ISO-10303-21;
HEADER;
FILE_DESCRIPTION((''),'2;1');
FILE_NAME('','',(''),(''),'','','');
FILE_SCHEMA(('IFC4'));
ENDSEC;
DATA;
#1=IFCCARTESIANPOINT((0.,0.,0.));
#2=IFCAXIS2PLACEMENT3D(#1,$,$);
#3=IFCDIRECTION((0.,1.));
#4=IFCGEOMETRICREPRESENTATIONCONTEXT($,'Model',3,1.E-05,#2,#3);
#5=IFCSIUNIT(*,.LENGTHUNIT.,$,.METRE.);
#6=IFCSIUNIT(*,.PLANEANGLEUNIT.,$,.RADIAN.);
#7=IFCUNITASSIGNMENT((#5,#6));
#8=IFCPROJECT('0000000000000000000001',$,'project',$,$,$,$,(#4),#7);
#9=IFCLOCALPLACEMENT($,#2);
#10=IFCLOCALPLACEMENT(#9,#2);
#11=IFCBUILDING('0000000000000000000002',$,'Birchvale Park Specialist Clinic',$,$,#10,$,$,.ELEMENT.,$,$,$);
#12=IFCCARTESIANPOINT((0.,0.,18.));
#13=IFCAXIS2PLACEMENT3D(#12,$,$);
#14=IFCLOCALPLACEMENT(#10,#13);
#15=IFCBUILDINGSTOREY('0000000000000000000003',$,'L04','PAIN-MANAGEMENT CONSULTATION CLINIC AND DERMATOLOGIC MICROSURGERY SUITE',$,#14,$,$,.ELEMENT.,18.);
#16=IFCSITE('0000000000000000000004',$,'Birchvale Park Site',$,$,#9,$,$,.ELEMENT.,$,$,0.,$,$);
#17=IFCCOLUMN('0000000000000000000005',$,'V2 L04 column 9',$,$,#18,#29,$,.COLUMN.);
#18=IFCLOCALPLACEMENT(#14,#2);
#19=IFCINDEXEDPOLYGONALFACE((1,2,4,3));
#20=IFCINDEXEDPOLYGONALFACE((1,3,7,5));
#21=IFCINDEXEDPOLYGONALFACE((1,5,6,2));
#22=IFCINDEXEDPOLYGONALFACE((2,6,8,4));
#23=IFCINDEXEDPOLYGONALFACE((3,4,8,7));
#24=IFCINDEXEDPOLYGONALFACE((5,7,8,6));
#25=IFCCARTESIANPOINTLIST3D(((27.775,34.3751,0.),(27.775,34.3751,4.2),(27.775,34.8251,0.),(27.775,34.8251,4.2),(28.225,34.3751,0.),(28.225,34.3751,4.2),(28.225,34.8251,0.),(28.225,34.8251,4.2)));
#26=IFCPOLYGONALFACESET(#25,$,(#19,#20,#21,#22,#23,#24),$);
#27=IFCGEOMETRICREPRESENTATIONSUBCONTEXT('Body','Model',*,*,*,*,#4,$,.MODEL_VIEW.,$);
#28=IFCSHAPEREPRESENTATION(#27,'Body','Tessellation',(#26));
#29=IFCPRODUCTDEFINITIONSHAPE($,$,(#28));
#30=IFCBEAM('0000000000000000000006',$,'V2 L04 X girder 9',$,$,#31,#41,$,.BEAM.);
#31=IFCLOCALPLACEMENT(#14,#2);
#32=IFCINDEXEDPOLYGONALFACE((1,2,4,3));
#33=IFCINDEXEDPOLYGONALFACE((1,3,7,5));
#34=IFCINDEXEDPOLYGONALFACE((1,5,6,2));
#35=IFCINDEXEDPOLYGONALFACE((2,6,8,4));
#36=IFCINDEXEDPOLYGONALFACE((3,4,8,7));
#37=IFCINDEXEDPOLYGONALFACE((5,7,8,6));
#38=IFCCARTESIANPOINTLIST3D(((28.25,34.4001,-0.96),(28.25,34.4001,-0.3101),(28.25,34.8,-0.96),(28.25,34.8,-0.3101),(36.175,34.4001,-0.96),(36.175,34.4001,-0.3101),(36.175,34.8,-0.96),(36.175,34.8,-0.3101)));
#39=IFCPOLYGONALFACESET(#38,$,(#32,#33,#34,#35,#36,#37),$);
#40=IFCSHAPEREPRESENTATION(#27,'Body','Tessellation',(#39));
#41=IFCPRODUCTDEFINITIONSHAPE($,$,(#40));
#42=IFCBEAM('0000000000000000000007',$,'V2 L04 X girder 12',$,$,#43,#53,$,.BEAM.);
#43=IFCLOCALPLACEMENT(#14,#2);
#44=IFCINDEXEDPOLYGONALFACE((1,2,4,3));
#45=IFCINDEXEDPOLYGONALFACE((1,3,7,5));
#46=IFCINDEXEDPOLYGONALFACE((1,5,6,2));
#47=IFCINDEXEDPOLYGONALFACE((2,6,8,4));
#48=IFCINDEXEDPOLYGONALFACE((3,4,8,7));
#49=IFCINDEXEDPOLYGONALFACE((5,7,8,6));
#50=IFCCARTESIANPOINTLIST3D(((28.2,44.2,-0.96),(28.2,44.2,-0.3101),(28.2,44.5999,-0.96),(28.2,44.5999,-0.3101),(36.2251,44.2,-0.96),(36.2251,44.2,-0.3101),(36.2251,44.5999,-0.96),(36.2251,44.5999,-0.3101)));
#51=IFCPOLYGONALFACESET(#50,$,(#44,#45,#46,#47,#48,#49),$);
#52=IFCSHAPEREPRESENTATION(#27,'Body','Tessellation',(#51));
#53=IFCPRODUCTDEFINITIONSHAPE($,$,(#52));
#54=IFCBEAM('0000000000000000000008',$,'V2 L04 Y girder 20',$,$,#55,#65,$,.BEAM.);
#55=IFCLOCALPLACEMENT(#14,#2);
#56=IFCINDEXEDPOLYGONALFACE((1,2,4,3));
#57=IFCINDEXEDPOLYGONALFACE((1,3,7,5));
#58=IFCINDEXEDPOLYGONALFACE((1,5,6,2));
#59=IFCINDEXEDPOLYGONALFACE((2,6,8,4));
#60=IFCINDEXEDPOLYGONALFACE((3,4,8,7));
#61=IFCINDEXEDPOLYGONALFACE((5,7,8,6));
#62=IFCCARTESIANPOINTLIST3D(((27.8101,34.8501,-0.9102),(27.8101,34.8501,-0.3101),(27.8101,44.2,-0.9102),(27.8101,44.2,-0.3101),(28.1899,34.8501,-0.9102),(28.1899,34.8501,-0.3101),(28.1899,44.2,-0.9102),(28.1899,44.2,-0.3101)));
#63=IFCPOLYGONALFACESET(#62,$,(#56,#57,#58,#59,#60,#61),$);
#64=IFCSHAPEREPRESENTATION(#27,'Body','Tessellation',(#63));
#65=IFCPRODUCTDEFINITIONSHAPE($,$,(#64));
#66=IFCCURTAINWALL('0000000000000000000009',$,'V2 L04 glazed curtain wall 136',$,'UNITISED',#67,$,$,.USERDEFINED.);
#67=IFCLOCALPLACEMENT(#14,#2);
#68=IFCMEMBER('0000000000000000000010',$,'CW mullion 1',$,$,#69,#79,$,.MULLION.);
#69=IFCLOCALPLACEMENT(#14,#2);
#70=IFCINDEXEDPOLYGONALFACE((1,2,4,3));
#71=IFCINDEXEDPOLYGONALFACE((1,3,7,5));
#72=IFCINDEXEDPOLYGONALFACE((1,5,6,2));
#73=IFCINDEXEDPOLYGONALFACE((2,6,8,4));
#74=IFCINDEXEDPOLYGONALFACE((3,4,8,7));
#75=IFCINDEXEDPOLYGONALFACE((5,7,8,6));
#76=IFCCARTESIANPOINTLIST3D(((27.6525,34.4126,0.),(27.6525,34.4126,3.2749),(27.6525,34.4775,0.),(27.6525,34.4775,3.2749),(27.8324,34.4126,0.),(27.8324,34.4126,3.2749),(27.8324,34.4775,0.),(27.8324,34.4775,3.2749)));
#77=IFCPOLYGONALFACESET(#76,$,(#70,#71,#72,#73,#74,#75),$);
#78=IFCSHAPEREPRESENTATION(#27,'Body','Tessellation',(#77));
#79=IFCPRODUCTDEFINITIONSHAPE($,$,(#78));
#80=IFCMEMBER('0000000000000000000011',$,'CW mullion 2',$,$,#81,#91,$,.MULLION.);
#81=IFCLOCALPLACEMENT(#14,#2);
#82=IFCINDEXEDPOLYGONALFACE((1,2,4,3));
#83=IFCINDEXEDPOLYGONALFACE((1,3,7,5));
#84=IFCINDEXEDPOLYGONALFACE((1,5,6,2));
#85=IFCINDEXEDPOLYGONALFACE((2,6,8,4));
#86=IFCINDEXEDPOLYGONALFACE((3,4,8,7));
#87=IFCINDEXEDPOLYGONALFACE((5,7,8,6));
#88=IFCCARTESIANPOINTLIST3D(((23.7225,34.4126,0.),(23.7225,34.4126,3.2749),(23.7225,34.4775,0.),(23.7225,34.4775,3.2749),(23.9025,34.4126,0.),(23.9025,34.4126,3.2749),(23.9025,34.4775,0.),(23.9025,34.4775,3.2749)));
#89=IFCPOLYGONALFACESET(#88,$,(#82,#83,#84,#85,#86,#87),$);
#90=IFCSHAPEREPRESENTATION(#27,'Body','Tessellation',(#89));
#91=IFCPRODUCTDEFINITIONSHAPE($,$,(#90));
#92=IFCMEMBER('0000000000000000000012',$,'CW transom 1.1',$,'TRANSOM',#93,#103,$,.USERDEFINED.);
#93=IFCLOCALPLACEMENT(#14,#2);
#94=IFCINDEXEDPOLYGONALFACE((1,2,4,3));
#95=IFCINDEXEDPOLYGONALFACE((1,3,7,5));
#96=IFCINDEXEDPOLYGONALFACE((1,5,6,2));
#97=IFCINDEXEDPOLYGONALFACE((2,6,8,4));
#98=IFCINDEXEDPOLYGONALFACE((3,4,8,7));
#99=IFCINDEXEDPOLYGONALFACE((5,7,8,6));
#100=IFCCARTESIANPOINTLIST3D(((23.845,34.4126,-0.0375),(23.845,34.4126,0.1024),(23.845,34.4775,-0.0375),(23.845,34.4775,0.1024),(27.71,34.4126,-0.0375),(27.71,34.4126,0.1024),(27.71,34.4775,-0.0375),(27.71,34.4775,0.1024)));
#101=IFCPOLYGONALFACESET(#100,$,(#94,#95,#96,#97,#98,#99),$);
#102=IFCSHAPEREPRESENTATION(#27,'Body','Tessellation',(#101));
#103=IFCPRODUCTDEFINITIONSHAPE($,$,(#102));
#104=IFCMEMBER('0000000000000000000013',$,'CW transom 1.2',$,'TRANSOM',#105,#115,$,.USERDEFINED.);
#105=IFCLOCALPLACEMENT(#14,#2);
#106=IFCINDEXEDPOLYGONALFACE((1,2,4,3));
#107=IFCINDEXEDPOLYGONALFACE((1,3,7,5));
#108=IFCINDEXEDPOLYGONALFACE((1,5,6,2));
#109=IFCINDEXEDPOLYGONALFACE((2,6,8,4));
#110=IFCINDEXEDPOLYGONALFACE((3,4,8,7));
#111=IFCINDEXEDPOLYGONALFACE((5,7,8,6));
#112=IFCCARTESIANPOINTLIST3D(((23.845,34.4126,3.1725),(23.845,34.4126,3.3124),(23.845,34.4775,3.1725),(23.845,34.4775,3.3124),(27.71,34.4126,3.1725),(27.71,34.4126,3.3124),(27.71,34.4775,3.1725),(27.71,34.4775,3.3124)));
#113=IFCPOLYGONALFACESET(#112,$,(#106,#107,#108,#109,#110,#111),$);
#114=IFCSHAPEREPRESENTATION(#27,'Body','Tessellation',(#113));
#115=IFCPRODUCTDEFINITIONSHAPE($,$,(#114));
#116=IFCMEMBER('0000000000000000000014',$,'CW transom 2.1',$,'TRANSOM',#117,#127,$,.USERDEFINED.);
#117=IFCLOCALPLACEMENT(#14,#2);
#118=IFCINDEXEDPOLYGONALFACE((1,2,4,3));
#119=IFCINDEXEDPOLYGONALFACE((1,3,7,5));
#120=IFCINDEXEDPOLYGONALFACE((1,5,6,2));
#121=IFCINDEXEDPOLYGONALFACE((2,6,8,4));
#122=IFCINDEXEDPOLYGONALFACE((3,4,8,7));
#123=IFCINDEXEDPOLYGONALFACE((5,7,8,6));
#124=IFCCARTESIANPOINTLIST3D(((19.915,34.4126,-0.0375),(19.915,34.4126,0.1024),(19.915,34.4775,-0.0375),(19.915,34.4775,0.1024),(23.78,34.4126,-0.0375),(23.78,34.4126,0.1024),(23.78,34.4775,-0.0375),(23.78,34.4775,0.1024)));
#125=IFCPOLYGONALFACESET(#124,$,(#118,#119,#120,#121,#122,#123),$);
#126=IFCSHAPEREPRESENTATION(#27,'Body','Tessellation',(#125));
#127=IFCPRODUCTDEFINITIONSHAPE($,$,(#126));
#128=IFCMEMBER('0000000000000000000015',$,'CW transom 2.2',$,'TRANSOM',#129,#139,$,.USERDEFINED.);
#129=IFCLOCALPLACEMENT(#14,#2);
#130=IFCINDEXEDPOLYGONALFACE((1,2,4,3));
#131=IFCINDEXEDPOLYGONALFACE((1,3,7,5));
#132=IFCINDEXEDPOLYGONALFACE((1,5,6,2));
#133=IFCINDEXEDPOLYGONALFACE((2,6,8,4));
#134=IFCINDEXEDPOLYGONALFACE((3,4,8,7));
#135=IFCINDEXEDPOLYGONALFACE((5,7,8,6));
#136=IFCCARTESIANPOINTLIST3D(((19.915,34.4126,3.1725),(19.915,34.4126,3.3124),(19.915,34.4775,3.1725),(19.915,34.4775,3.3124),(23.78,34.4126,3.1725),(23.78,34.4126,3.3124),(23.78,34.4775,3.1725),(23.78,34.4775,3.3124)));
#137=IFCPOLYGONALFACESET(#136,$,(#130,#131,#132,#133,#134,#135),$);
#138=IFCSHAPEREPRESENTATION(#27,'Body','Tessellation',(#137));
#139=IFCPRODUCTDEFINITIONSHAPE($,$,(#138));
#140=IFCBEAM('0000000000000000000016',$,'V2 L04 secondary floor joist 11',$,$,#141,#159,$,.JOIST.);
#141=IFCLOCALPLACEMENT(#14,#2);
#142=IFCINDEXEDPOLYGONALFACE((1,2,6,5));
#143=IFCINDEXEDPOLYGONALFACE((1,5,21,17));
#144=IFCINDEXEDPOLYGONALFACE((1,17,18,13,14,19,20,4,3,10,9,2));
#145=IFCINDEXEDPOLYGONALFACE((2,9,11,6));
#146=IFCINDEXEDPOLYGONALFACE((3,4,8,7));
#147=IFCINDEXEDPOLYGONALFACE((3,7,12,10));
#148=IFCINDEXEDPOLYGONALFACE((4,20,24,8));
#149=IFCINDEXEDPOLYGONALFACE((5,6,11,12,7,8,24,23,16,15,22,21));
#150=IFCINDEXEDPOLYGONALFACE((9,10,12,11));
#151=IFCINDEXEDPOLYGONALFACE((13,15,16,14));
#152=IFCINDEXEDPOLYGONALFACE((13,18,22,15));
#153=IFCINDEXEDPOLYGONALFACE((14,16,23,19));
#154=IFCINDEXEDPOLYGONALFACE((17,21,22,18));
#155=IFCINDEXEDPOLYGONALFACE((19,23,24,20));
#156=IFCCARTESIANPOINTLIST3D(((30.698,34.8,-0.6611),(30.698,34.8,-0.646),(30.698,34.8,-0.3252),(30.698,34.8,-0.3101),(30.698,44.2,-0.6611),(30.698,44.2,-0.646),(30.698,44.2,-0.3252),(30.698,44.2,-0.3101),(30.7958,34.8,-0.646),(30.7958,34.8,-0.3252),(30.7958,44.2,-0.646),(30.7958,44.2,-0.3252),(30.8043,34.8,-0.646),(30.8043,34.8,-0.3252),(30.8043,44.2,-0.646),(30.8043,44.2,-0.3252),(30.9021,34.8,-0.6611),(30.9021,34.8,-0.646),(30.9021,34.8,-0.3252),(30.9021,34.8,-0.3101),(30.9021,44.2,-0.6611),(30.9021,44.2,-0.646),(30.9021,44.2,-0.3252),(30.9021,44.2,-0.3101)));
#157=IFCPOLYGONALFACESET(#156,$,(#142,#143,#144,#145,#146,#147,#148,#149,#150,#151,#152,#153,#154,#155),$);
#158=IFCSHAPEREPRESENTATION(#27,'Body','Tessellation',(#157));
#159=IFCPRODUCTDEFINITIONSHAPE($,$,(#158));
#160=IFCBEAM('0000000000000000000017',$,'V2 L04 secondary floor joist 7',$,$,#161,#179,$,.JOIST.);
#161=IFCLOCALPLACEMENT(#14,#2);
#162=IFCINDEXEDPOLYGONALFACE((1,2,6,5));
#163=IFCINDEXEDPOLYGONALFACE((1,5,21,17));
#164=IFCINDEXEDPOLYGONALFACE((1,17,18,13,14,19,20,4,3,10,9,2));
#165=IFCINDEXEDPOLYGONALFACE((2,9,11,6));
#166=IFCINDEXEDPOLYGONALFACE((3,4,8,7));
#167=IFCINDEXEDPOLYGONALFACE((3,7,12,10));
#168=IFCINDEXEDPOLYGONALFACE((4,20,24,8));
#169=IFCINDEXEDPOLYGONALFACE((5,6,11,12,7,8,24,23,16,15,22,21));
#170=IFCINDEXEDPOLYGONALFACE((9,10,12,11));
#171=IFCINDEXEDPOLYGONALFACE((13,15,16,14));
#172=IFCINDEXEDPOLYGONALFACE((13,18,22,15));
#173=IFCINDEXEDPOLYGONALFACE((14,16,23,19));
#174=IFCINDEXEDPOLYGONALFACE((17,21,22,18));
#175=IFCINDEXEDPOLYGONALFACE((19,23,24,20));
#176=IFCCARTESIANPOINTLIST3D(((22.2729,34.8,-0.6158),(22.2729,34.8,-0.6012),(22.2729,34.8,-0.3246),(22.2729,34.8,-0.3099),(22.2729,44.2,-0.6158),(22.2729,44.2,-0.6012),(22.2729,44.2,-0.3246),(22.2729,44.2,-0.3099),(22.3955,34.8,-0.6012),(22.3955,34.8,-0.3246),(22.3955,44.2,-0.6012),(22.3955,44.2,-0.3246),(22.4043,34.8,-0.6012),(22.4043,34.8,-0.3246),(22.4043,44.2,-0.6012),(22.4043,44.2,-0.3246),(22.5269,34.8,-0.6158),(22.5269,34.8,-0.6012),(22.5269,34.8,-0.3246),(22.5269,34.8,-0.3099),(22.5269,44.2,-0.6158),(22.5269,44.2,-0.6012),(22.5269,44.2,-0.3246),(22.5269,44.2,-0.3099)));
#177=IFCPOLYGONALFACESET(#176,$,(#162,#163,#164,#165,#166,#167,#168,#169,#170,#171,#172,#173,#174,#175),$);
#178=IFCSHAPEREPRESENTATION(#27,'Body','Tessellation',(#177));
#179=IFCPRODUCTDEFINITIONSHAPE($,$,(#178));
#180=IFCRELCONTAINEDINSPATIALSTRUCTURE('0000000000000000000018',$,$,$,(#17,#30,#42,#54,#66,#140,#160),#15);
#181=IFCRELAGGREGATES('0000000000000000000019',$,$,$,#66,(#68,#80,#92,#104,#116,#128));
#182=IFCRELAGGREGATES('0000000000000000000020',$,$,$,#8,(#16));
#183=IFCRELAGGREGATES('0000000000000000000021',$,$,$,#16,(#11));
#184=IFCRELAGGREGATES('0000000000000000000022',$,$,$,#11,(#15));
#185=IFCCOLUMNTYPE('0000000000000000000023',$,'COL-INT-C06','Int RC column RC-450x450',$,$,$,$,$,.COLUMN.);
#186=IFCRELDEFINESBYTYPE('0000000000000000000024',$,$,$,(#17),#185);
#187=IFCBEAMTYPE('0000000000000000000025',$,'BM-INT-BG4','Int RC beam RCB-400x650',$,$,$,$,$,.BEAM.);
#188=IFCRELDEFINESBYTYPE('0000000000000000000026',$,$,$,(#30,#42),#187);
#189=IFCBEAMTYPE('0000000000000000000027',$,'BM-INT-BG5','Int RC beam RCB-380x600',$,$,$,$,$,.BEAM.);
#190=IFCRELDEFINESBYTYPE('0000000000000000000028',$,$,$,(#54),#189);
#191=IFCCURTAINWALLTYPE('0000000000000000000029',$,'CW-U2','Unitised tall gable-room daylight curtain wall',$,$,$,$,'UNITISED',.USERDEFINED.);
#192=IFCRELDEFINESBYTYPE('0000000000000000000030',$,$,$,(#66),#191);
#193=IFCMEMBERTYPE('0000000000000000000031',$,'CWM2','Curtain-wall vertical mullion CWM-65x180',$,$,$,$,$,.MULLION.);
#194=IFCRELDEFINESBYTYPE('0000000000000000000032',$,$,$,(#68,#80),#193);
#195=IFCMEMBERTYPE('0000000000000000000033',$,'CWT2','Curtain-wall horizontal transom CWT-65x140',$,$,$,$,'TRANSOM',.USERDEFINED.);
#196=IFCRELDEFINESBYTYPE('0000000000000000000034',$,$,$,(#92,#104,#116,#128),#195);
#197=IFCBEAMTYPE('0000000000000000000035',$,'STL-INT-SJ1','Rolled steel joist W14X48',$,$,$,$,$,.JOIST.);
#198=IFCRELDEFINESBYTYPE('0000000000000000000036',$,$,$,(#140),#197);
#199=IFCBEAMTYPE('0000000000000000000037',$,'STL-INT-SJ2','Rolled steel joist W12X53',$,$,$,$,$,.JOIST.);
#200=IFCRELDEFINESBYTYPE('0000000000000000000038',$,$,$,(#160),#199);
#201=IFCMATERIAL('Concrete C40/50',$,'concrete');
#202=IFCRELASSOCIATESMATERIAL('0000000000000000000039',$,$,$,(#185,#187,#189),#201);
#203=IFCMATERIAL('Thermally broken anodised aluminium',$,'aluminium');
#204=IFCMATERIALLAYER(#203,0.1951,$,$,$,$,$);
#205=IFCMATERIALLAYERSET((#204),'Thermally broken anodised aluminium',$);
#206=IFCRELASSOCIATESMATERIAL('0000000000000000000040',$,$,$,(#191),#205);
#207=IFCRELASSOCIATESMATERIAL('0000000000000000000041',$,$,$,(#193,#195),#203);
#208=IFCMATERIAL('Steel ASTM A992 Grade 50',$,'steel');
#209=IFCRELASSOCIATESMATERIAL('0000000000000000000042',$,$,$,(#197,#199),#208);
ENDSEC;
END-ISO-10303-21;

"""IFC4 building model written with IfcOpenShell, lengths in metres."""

from ifc_helpers import new_model, si_unit, direction, frame, origin, origin_2d, place, context, subcontext, project, spatial, rectangle, i_section, extrude, material, layer, layer_set, material_profile, profile_set, type_object, element, aggregate, save


model = new_model("IFC4")

# Units and contexts
model_context = context("Model", 3, precision=1e-05, world=origin(), true_north=direction((0.0, 1.0)))
body_context = subcontext(model_context, "Body", "Model", "MODEL_VIEW")
ifc_project = project(units=[si_unit("LENGTHUNIT", "METRE"), si_unit("PLANEANGLEUNIT", "RADIAN")], contexts=[model_context])

# Site, building, storey
site_placement = place(None, origin())
site = spatial("IfcSite", under=ifc_project, at=site_placement, Name="Birchvale Park Site", CompositionType="ELEMENT", RefElevation=0.0)
building_placement = place(site_placement, origin())
building = spatial("IfcBuilding", under=site, at=building_placement, Name="Birchvale Park Specialist Clinic", CompositionType="ELEMENT")
storey_placement = place(building_placement, frame((0.0, 0.0, 18.0)))
storey = spatial("IfcBuildingStorey", under=building, at=storey_placement, Name="L04", Description="PAIN-MANAGEMENT CONSULTATION CLINIC AND DERMATOLOGIC MICROSURGERY SUITE", CompositionType="ELEMENT", Elevation=18.0)

# Column
ifc_material_1 = material(Name="Concrete C40/50", Category="concrete")
ifc_material_profile_1 = material_profile(ifc_material_1, rectangle(XDim=0.45, YDim=0.45, at=origin_2d()), Name="RC-450x450")
ifc_profile_set_1 = profile_set([ifc_material_profile_1], Name="Concrete C40/50")
column_type = type_object("IfcColumnType", Name="COL-INT-C06", Description="Int RC column RC-450x450", PredefinedType="COLUMN", material=ifc_profile_set_1)
column_placement = place(storey_placement, frame((28.0, 34.6001, 0.0), z_axis=(0.0, 0.0, 1.0), x_axis=(1.0, 0.0, 0.0)))
element("IfcColumn", 1, at=column_placement, inside=storey, type_object=column_type, Name="V2 L04 column 9", PredefinedType="COLUMN", context=body_context, shape_type="SweptSolid", body=[
    extrude(rectangle(XDim=0.45, YDim=0.45, at=origin_2d()), origin(), (0.0, 0.0, 1.0), 4.2),
])

# Beams
ifc_material_profile_2 = material_profile(ifc_material_1, rectangle(XDim=0.3999, YDim=0.6499, at=origin_2d()), Name="RCB-400x650")
ifc_profile_set_2 = profile_set([ifc_material_profile_2], Name="Concrete C40/50")
beam_type_1 = type_object("IfcBeamType", Name="BM-INT-BG4", Description="Int RC beam RCB-400x650", PredefinedType="BEAM", material=ifc_profile_set_2)
beam_1_placement = place(storey_placement, frame((28.25, 34.6001, -0.635), z_axis=(1.0, 0.0, 0.0), x_axis=(0.0, 1.0, 0.0)))
element("IfcBeam", 2, at=beam_1_placement, inside=storey, type_object=beam_type_1, Name="V2 L04 X girder 9", PredefinedType="BEAM", context=body_context, shape_type="SweptSolid", body=[
    extrude(rectangle(XDim=0.3999, YDim=0.6499, at=origin_2d()), origin(), (0.0, 0.0, 1.0), 7.925),
])
beam_2_placement = place(storey_placement, frame((28.2, 44.3999, -0.635), z_axis=(1.0, 0.0, 0.0), x_axis=(0.0, 1.0, 0.0)))
element("IfcBeam", 3, at=beam_2_placement, inside=storey, type_object=beam_type_1, Name="V2 L04 X girder 12", PredefinedType="BEAM", context=body_context, shape_type="SweptSolid", body=[
    extrude(rectangle(XDim=0.3999, YDim=0.6499, at=origin_2d()), origin(), (0.0, 0.0, 1.0), 8.0251),
])
ifc_material_profile_3 = material_profile(ifc_material_1, rectangle(XDim=0.3799, YDim=0.6001, at=origin_2d()), Name="RCB-380x600")
ifc_profile_set_3 = profile_set([ifc_material_profile_3], Name="Concrete C40/50")
beam_type_2 = type_object("IfcBeamType", Name="BM-INT-BG5", Description="Int RC beam RCB-380x600", PredefinedType="BEAM", material=ifc_profile_set_3)
beam_3_placement = place(storey_placement, frame((28.0, 34.8501, -0.6101), z_axis=(0.0, 1.0, 0.0), x_axis=(-1.0, 0.0, 0.0)))
element("IfcBeam", 4, at=beam_3_placement, inside=storey, type_object=beam_type_2, Name="V2 L04 Y girder 20", PredefinedType="BEAM", context=body_context, shape_type="SweptSolid", body=[
    extrude(rectangle(XDim=0.3799, YDim=0.6001, at=origin_2d()), origin(), (0.0, 0.0, 1.0), 9.3499),
])

# Curtain wall, members
ifc_material_2 = material(Name="Thermally broken anodised aluminium", Category="aluminium")
ifc_layer_1 = layer(ifc_material_2, 0.1951)
ifc_layer_set_1 = layer_set([ifc_layer_1], Name="Thermally broken anodised aluminium")
curtain_wall_type = type_object("IfcCurtainWallType", Name="CW-U2", Description="Unitised tall gable-room daylight curtain wall", ElementType="UNITISED", PredefinedType="USERDEFINED", material=ifc_layer_set_1)
curtain_wall_placement = place(storey_placement, origin())
curtain_wall = element("IfcCurtainWall", 5, at=curtain_wall_placement, inside=storey, type_object=curtain_wall_type, Name="V2 L04 glazed curtain wall 136", ObjectType="UNITISED", PredefinedType="USERDEFINED")
ifc_material_profile_4 = material_profile(ifc_material_2, rectangle(XDim=0.0649, YDim=0.1799, at=origin_2d()), Name="CWM-65x180")
ifc_profile_set_4 = profile_set([ifc_material_profile_4], Name="Thermally broken anodised aluminium")
member_type_1 = type_object("IfcMemberType", Name="CWM2", Description="Curtain-wall vertical mullion CWM-65x180", PredefinedType="MULLION", material=ifc_profile_set_4)
member_1_placement = place(storey_placement, frame((27.7424, 34.4451, 0.0), z_axis=(0.0, 0.0, 1.0), x_axis=(0.0, -1.0, 0.0)))
member_1 = element("IfcMember", 6, at=member_1_placement, type_object=member_type_1, Name="CW mullion 1", PredefinedType="MULLION", context=body_context, shape_type="SweptSolid", body=[
    extrude(rectangle(XDim=0.0649, YDim=0.1799, at=origin_2d()), origin(), (0.0, 0.0, 1.0), 3.2749),
])
member_2_placement = place(storey_placement, frame((23.8125, 34.4451, 0.0), z_axis=(0.0, 0.0, 1.0), x_axis=(0.0, -1.0, 0.0)))
member_2 = element("IfcMember", 7, at=member_2_placement, type_object=member_type_1, Name="CW mullion 2", PredefinedType="MULLION", context=body_context, shape_type="SweptSolid", body=[
    extrude(rectangle(XDim=0.0649, YDim=0.1799, at=origin_2d()), origin(), (0.0, 0.0, 1.0), 3.2749),
])
ifc_material_profile_5 = material_profile(ifc_material_2, rectangle(XDim=0.0649, YDim=0.1399, at=origin_2d()), Name="CWT-65x140")
ifc_profile_set_5 = profile_set([ifc_material_profile_5], Name="Thermally broken anodised aluminium")
member_type_2 = type_object("IfcMemberType", Name="CWT2", Description="Curtain-wall horizontal transom CWT-65x140", ElementType="TRANSOM", PredefinedType="USERDEFINED", material=ifc_profile_set_5)
member_3_placement = place(storey_placement, frame((27.71, 34.4451, 0.0325), z_axis=(-1.0, 0.0, 0.0), x_axis=(0.0, -1.0, 0.0)))
member_3 = element("IfcMember", 8, at=member_3_placement, type_object=member_type_2, Name="CW transom 1.1", ObjectType="TRANSOM", PredefinedType="USERDEFINED", context=body_context, shape_type="SweptSolid", body=[
    extrude(rectangle(XDim=0.0649, YDim=0.1399, at=origin_2d()), origin(), (0.0, 0.0, 1.0), 3.865),
])
member_4_placement = place(storey_placement, frame((27.71, 34.4451, 3.2424), z_axis=(-1.0, 0.0, 0.0), x_axis=(0.0, -1.0, 0.0)))
member_4 = element("IfcMember", 9, at=member_4_placement, type_object=member_type_2, Name="CW transom 1.2", ObjectType="TRANSOM", PredefinedType="USERDEFINED", context=body_context, shape_type="SweptSolid", body=[
    extrude(rectangle(XDim=0.0649, YDim=0.1399, at=origin_2d()), origin(), (0.0, 0.0, 1.0), 3.865),
])
member_5_placement = place(storey_placement, frame((23.78, 34.4451, 0.0325), z_axis=(-1.0, 0.0, 0.0), x_axis=(0.0, -1.0, 0.0)))
member_5 = element("IfcMember", 10, at=member_5_placement, type_object=member_type_2, Name="CW transom 2.1", ObjectType="TRANSOM", PredefinedType="USERDEFINED", context=body_context, shape_type="SweptSolid", body=[
    extrude(rectangle(XDim=0.0649, YDim=0.1399, at=origin_2d()), origin(), (0.0, 0.0, 1.0), 3.865),
])
member_6_placement = place(storey_placement, frame((23.78, 34.4451, 3.2424), z_axis=(-1.0, 0.0, 0.0), x_axis=(0.0, -1.0, 0.0)))
member_6 = element("IfcMember", 11, at=member_6_placement, type_object=member_type_2, Name="CW transom 2.2", ObjectType="TRANSOM", PredefinedType="USERDEFINED", context=body_context, shape_type="SweptSolid", body=[
    extrude(rectangle(XDim=0.0649, YDim=0.1399, at=origin_2d()), origin(), (0.0, 0.0, 1.0), 3.865),
])

# Beams
ifc_material_3 = material(Name="Steel ASTM A992 Grade 50", Category="steel")
ifc_material_profile_6 = material_profile(ifc_material_3, i_section(OverallWidth=0.2041, OverallDepth=0.3511, WebThickness=0.0085, FlangeThickness=0.0151, at=origin_2d()), Name="W14X48")
ifc_profile_set_6 = profile_set([ifc_material_profile_6], Name="Steel ASTM A992 Grade 50")
beam_type_3 = type_object("IfcBeamType", Name="STL-INT-SJ1", Description="Rolled steel joist W14X48", PredefinedType="JOIST", material=ifc_profile_set_6)
beam_4_placement = place(storey_placement, frame((30.8, 34.8, -0.4856), z_axis=(0.0, 1.0, 0.0), x_axis=(-1.0, 0.0, 0.0)))
element("IfcBeam", 12, at=beam_4_placement, inside=storey, type_object=beam_type_3, Name="V2 L04 secondary floor joist 11", PredefinedType="JOIST", context=body_context, shape_type="SweptSolid", body=[
    extrude(i_section(OverallWidth=0.2041, OverallDepth=0.3511, WebThickness=0.0085, FlangeThickness=0.0151, at=origin_2d()), origin(), (0.0, 0.0, 1.0), 9.3999),
])
ifc_material_profile_7 = material_profile(ifc_material_3, i_section(OverallWidth=0.2539, OverallDepth=0.3059, WebThickness=0.0088, FlangeThickness=0.0146, at=origin_2d()), Name="W12X53")
ifc_profile_set_7 = profile_set([ifc_material_profile_7], Name="Steel ASTM A992 Grade 50")
beam_type_4 = type_object("IfcBeamType", Name="STL-INT-SJ2", Description="Rolled steel joist W12X53", PredefinedType="JOIST", material=ifc_profile_set_7)
for number, where, z_axis, x_axis, name in (
    (13, (22.3999, 34.8, -0.4629), (0.0, 1.0, 0.0), (-1.0, 0.0, 0.0), "V2 L04 secondary floor joist 7"),
):
    element("IfcBeam", number, at=place(storey_placement, frame(where, z_axis=z_axis, x_axis=x_axis)), inside=storey, type_object=beam_type_4, Name=name, PredefinedType="JOIST", context=body_context, shape_type="SweptSolid", body=[
        extrude(i_section(OverallWidth=0.2539, OverallDepth=0.3059, WebThickness=0.0088, FlangeThickness=0.0146, at=origin_2d()), origin(), (0.0, 0.0, 1.0), 9.3999),
    ])

aggregate(curtain_wall, [member_1, member_2, member_3, member_4, member_5, member_6])

save(model, "model.ifc")
